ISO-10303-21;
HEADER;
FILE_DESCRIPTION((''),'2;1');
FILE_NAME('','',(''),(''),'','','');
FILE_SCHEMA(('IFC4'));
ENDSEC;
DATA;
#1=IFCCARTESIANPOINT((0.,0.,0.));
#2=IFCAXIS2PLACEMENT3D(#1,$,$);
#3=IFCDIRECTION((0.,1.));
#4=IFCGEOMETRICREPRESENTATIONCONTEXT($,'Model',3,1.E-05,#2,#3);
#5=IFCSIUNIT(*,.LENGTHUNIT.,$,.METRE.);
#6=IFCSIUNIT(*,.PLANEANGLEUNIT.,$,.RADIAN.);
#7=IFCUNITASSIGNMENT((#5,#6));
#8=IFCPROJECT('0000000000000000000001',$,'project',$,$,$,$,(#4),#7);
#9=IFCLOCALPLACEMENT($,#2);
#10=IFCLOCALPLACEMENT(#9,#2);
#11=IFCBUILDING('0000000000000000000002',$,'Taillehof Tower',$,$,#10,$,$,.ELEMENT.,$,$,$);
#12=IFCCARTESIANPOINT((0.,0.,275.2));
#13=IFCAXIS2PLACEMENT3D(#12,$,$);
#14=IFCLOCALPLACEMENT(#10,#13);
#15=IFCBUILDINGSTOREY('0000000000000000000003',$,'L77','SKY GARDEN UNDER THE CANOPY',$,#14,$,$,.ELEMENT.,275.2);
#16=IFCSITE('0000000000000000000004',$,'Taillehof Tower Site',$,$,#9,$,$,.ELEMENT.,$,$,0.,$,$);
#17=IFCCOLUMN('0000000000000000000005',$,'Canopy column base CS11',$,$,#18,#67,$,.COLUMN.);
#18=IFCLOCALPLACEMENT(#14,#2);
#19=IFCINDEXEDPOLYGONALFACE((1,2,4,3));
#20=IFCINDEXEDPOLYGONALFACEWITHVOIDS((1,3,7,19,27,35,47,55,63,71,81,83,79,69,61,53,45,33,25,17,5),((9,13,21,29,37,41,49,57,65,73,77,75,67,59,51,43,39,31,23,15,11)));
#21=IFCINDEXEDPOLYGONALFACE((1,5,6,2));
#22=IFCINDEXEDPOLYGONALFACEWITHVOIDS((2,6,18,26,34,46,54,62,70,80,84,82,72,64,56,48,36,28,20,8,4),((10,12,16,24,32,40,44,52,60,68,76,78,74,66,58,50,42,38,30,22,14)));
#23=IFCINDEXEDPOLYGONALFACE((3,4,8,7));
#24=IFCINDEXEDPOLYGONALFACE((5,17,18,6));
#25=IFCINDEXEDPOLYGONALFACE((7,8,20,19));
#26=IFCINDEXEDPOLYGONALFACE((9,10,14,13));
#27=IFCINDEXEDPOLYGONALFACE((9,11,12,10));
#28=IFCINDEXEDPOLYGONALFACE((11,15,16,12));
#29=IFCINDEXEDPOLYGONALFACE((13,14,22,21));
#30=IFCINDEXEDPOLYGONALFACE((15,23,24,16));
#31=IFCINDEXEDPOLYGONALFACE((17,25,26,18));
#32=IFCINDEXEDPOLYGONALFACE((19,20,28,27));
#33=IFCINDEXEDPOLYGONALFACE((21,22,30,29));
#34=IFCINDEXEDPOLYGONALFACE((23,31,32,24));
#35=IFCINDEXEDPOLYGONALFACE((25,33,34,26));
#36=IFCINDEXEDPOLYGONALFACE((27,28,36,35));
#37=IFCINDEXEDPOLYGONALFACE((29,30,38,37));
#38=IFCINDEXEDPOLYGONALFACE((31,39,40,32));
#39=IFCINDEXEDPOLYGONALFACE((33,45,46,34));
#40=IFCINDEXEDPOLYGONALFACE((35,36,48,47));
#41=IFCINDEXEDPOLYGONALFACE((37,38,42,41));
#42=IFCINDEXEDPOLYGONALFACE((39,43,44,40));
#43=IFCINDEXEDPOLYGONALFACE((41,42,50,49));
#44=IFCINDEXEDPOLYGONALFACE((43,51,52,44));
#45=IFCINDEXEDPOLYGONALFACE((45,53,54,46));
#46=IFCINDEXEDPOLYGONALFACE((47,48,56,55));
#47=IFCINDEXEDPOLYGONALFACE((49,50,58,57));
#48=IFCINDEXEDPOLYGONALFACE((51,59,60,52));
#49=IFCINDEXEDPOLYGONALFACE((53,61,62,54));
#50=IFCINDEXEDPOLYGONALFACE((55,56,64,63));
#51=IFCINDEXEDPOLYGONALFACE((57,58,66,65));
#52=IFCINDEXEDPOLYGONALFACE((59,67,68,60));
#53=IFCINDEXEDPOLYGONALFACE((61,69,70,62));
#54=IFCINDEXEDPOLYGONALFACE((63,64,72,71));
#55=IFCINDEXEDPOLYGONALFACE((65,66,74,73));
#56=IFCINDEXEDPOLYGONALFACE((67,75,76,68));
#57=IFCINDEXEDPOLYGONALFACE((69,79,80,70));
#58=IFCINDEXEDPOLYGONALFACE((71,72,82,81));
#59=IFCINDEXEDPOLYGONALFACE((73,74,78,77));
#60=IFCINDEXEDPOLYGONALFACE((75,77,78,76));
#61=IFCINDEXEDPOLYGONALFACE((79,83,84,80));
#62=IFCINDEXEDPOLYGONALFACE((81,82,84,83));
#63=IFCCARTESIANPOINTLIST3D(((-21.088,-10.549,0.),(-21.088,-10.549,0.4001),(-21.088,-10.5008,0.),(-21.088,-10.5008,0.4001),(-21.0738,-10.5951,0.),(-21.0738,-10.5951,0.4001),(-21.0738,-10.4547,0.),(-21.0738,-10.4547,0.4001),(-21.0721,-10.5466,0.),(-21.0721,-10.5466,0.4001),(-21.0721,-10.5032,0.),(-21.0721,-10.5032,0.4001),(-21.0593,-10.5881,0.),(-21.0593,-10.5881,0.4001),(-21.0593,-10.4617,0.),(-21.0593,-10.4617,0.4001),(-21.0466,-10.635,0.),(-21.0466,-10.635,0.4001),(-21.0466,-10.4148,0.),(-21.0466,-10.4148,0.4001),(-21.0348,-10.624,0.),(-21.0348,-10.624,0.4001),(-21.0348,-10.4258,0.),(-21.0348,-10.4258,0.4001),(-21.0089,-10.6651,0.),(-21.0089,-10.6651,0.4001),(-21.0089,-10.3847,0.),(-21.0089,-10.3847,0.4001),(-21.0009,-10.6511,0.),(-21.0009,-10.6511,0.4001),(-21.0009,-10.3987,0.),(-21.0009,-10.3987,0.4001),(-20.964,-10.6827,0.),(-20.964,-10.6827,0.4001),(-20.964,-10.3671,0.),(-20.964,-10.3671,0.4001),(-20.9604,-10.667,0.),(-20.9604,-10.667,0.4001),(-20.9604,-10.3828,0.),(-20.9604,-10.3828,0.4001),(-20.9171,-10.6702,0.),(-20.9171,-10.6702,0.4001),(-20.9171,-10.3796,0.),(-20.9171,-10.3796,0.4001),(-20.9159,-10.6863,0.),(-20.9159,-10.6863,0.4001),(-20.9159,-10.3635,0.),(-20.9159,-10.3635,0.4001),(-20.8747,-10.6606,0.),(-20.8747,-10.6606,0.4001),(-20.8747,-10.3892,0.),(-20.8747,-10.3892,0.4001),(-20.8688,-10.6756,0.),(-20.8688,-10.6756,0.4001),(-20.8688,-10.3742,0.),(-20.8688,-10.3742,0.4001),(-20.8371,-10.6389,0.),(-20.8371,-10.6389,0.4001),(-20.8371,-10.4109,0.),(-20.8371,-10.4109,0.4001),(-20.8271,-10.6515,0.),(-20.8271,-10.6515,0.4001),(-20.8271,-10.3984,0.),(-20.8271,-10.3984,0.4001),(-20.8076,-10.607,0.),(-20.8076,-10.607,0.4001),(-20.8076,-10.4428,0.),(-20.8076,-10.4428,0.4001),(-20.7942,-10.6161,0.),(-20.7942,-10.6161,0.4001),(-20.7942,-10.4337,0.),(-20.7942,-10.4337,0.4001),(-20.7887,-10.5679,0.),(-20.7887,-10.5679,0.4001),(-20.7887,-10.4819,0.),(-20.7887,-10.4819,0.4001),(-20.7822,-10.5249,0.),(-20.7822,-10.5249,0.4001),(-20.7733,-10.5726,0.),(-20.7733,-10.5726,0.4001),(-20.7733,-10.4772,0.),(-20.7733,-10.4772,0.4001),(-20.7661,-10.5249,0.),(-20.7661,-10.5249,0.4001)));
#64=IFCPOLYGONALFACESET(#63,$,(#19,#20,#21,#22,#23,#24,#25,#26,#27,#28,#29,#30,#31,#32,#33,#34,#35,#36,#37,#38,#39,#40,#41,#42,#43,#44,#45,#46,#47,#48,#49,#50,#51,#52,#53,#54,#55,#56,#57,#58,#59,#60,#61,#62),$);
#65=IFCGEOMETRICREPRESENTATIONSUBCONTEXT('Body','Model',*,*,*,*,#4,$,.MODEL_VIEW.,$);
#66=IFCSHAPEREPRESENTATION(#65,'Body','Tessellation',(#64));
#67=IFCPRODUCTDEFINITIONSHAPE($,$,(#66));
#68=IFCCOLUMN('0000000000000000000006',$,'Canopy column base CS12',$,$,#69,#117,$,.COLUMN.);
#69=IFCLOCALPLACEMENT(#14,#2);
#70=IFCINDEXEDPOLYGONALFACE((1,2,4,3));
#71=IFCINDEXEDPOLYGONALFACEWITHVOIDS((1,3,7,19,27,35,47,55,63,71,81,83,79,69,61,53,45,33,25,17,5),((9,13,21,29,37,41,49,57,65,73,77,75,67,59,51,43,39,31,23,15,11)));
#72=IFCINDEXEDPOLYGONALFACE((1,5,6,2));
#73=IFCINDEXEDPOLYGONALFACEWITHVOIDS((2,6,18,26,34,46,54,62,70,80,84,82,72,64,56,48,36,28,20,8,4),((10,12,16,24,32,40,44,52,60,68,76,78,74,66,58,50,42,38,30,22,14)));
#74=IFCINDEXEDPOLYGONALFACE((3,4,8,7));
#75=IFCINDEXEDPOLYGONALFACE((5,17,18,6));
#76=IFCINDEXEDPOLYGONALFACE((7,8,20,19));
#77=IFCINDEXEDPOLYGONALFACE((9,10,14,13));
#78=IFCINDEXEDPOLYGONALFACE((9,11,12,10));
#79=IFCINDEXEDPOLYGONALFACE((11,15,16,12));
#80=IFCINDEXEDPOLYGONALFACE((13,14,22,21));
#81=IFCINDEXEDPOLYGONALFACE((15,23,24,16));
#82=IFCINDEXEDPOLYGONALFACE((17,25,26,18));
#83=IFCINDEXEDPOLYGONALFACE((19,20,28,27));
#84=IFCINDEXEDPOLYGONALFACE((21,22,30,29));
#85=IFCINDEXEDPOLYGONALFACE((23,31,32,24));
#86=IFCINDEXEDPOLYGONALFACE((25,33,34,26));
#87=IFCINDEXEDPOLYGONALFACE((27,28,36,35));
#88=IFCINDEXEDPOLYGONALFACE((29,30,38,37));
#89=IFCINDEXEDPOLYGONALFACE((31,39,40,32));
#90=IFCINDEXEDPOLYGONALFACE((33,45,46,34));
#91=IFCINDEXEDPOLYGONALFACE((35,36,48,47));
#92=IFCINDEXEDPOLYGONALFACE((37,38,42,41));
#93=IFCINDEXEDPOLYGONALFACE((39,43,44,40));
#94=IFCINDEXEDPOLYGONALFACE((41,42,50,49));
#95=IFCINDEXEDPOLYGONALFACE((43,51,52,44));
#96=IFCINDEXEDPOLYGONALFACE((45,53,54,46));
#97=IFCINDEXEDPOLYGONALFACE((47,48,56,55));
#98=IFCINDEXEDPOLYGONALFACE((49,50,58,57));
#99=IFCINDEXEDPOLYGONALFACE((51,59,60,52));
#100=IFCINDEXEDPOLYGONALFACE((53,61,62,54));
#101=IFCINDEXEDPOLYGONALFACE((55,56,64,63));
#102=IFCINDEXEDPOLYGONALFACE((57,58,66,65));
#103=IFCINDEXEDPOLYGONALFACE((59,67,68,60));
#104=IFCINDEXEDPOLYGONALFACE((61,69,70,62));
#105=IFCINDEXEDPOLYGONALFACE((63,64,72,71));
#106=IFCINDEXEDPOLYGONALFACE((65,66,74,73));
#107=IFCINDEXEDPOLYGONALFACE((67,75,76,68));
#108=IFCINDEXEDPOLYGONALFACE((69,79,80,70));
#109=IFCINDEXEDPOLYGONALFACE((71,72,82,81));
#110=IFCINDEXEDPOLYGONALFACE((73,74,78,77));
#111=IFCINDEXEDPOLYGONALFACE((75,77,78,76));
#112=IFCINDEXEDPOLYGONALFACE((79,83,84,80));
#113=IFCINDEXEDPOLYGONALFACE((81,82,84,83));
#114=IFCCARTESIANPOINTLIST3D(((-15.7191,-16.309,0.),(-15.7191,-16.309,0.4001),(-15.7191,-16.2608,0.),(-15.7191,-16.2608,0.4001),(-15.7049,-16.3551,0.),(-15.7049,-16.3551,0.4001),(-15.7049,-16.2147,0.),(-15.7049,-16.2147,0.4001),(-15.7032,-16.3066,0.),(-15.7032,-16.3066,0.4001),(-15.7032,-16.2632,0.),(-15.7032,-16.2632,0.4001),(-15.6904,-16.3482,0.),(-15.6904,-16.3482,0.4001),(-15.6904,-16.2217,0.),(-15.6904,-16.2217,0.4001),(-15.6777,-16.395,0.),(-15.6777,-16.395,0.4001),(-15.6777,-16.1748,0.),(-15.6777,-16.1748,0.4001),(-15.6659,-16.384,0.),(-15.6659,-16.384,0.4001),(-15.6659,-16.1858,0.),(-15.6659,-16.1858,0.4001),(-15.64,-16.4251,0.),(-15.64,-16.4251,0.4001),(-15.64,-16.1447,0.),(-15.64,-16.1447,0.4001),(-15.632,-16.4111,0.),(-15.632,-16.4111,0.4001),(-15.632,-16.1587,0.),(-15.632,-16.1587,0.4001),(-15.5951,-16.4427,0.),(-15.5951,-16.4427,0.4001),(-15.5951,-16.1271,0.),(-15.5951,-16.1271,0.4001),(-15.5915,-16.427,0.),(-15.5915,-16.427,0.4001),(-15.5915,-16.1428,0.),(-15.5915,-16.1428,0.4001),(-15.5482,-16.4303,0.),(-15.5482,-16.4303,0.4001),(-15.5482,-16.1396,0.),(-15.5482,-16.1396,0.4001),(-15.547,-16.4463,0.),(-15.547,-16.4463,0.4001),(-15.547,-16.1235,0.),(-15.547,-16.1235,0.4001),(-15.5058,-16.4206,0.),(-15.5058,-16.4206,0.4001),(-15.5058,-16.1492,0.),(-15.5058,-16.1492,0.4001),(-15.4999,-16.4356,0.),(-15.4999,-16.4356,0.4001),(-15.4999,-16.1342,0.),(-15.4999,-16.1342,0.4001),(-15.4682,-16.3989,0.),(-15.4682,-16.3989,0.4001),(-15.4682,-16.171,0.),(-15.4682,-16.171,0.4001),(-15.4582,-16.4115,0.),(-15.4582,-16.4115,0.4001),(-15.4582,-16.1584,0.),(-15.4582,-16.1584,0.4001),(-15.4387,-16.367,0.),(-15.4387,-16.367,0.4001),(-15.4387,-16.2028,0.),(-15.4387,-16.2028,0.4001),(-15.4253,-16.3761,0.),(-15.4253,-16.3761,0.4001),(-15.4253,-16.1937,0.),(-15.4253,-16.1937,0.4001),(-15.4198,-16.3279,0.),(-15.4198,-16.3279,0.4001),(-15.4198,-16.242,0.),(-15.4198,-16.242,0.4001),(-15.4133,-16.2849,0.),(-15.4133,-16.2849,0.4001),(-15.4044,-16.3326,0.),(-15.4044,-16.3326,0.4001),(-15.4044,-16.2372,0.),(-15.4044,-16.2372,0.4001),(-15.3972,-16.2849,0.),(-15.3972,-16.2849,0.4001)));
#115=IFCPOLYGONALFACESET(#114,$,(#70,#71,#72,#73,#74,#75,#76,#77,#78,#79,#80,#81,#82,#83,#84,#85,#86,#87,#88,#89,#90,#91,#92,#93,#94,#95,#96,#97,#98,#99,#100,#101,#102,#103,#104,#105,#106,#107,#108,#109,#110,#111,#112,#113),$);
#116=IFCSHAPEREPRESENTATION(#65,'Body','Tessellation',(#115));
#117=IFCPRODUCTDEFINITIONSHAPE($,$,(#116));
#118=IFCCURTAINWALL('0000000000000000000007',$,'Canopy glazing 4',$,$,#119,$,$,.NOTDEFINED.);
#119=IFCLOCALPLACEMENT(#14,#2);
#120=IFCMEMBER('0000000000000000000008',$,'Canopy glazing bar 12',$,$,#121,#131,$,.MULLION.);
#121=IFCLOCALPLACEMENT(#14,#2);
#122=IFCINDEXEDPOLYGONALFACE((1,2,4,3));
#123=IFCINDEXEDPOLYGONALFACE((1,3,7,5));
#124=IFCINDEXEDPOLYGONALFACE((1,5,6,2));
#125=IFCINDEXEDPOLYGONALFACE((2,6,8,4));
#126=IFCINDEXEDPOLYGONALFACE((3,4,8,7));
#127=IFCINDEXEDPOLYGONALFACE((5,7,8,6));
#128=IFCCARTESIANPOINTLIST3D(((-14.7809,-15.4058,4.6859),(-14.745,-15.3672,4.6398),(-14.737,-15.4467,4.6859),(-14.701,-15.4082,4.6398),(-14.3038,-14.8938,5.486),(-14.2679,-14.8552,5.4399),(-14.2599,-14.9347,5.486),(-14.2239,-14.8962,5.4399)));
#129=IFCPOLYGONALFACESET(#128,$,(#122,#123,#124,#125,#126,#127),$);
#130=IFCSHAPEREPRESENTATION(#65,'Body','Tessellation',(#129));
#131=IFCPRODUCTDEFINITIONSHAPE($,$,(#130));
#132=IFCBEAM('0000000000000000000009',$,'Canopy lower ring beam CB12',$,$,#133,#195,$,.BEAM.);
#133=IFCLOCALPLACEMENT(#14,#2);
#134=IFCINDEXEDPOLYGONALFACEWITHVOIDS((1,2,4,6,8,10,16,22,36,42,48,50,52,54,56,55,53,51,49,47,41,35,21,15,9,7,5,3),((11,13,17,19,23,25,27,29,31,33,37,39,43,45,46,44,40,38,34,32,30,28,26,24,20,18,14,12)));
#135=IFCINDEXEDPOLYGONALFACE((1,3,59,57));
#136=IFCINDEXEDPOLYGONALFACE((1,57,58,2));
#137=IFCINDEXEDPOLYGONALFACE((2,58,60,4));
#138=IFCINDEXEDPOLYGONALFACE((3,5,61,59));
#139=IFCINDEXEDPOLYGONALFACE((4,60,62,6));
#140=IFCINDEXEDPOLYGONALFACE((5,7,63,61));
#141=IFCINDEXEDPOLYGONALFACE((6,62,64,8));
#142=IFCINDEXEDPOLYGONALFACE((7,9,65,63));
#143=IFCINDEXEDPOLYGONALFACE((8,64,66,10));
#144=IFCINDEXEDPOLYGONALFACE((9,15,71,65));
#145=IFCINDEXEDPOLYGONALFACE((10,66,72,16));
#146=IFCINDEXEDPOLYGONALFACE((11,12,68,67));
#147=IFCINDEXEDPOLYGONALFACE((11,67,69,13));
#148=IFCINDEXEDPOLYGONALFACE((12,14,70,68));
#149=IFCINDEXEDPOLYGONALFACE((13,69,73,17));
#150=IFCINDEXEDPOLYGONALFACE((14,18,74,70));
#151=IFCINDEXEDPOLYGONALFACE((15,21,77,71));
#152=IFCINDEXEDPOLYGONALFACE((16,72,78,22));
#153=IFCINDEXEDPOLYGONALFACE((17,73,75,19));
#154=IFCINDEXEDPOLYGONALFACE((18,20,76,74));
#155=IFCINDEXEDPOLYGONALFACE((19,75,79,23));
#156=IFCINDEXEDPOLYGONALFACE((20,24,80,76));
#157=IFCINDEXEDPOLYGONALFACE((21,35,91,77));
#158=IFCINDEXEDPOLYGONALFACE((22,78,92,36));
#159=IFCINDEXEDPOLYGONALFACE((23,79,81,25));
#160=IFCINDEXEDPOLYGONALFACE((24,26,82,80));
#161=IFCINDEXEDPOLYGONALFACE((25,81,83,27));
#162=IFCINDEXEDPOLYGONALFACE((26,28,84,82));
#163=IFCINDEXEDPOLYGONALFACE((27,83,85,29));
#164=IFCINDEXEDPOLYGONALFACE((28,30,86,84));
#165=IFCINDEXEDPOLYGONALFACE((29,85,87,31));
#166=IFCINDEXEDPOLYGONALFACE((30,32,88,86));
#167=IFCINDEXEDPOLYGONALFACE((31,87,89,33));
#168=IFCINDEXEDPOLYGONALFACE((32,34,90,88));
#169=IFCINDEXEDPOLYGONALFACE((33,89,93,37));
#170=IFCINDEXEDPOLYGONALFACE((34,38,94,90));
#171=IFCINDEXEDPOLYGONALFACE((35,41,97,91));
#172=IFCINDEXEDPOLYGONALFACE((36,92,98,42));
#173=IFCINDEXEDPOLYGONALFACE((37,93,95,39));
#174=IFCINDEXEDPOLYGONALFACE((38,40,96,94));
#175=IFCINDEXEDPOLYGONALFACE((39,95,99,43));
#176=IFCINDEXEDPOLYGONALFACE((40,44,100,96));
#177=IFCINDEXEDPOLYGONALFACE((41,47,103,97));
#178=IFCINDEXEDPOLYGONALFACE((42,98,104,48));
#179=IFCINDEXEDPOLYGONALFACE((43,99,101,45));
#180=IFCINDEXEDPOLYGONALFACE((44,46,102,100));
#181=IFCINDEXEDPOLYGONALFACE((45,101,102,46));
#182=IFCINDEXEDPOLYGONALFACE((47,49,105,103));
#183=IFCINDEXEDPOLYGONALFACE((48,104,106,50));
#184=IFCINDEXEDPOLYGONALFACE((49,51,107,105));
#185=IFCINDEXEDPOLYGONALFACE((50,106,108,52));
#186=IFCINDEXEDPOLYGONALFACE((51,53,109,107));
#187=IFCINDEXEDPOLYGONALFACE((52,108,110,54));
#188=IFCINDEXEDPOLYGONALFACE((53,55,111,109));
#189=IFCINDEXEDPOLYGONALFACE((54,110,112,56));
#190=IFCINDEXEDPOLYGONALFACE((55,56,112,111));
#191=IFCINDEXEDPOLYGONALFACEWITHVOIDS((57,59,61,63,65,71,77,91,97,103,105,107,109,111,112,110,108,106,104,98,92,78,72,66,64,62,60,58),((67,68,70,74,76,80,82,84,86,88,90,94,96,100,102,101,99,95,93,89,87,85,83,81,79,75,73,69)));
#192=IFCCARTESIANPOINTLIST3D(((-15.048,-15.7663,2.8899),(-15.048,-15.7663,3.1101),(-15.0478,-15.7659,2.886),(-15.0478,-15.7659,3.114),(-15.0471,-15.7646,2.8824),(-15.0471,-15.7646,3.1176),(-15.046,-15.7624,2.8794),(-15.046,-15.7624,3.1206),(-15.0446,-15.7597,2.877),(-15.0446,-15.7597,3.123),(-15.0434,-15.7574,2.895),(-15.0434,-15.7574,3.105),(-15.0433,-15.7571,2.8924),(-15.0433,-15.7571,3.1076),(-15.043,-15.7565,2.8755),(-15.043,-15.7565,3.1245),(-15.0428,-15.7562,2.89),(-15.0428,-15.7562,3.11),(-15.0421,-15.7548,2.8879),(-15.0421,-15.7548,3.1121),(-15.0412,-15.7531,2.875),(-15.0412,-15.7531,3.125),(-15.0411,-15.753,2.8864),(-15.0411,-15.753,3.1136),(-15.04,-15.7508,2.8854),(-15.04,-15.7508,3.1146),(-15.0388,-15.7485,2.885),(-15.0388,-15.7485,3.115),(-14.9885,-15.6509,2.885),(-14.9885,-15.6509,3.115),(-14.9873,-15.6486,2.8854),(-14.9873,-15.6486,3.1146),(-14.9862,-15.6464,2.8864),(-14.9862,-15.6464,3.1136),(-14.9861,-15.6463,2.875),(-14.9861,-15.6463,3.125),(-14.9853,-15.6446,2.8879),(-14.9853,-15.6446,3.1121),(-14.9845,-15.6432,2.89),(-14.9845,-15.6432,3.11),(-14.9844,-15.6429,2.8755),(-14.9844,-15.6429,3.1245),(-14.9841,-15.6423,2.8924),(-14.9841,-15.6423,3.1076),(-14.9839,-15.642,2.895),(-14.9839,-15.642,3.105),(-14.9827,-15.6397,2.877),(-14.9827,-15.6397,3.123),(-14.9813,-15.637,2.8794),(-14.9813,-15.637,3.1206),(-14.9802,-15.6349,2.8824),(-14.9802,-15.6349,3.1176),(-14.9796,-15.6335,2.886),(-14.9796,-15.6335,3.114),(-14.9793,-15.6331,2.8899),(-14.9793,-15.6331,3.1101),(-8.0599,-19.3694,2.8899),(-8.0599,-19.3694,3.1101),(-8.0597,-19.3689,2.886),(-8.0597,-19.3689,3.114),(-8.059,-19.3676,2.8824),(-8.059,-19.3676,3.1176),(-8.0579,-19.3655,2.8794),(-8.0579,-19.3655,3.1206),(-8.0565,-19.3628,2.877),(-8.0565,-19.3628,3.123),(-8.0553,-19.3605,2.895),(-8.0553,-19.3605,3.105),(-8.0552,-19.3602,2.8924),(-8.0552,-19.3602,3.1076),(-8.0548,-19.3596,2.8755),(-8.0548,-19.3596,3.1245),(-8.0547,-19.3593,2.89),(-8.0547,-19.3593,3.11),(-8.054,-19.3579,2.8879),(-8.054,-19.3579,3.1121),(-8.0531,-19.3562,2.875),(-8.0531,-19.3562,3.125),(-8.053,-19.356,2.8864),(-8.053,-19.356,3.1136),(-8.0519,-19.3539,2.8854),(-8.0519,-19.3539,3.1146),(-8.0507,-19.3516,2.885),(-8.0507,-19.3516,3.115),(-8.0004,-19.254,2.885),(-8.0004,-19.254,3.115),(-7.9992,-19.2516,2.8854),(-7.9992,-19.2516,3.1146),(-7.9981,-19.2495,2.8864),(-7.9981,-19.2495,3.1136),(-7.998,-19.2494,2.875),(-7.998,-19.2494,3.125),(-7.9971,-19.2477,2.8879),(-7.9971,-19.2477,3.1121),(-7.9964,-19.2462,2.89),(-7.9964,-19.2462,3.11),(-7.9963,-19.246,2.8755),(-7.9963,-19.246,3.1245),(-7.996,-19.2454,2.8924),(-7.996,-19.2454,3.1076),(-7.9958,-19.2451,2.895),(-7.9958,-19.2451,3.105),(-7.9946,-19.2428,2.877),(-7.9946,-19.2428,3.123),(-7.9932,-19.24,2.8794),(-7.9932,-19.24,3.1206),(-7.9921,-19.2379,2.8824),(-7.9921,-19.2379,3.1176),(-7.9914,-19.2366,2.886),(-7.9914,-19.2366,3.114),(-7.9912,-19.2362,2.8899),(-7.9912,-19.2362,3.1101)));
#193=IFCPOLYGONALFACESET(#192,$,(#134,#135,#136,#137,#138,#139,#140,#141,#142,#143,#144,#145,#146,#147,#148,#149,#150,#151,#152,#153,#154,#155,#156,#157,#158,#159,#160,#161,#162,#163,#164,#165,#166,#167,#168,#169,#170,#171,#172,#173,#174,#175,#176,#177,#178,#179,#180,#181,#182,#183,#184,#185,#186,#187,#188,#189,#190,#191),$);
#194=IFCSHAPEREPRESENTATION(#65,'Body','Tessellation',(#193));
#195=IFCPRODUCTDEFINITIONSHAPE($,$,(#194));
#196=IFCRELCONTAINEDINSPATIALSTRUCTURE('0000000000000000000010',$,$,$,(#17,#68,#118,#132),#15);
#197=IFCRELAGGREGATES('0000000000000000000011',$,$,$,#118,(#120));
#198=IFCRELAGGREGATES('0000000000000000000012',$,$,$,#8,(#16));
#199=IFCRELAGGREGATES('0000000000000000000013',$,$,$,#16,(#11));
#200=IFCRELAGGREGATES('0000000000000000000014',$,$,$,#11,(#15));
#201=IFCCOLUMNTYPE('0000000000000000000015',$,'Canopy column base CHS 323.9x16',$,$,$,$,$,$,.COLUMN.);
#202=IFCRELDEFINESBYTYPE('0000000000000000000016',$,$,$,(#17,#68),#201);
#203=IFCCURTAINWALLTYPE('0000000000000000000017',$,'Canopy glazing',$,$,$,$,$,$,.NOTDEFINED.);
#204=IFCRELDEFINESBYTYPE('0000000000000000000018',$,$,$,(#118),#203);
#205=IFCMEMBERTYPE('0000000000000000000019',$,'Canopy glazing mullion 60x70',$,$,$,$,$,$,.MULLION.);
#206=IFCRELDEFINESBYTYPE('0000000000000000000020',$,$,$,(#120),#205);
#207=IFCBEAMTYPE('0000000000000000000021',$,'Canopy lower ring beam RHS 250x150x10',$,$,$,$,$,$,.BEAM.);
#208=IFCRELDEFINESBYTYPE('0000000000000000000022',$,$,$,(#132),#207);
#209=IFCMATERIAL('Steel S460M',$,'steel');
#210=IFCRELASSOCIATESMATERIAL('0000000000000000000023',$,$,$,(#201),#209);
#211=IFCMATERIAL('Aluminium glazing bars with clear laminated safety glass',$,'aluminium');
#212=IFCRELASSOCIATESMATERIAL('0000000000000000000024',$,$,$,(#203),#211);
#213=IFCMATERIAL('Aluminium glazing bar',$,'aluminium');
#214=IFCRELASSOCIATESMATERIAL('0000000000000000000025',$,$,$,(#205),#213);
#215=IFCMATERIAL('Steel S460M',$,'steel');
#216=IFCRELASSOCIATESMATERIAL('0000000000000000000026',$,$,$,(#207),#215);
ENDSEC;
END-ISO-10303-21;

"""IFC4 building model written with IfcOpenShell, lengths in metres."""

from ifc_helpers import new_model, si_unit, direction, frame, origin, origin_2d, place, context, subcontext, project, spatial, rectangle, hollow_rectangle, hollow_circle, extrude, material, material_profile, profile_set, type_object, element, aggregate, save


model = new_model("IFC4")

# Units and contexts
model_context = context("Model", 3, precision=1e-05, world=origin(), true_north=direction((0.0, 1.0)))
body_context = subcontext(model_context, "Body", "Model", "MODEL_VIEW")
ifc_project = project(units=[si_unit("LENGTHUNIT", "METRE"), si_unit("PLANEANGLEUNIT", "RADIAN")], contexts=[model_context])

# Site, building, storey
site_placement = place(None, origin())
site = spatial("IfcSite", under=ifc_project, at=site_placement, Name="Taillehof Tower Site", CompositionType="ELEMENT", RefElevation=0.0)
building_placement = place(site_placement, origin())
building = spatial("IfcBuilding", under=site, at=building_placement, Name="Taillehof Tower", CompositionType="ELEMENT")
storey_placement = place(building_placement, frame((0.0, 0.0, 275.2)))
storey = spatial("IfcBuildingStorey", under=building, at=storey_placement, Name="L77", Description="SKY GARDEN UNDER THE CANOPY", CompositionType="ELEMENT", Elevation=275.2)

# Columns
ifc_material_1 = material(Name="Steel S460M", Category="steel")
ifc_material_profile_1 = material_profile(ifc_material_1, hollow_circle(Radius=0.1619, WallThickness=0.0161, at=origin_2d()), Name="CHS 323.9x16")
ifc_profile_set_1 = profile_set([ifc_material_profile_1], Name="Steel S460M")
column_type = type_object("IfcColumnType", Name="Canopy column base CHS 323.9x16", PredefinedType="COLUMN", material=ifc_profile_set_1)
for number, where, z_axis, x_axis, name in (
    (1, (-20.928, -10.5249, 0.0), (0.0, 0.0, 1.0), (1.0, 0.0, 0.0), "Canopy column base CS11"),
    (2, (-15.5591, -16.2849, 0.0), (0.0, 0.0, 1.0), (1.0, 0.0, 0.0), "Canopy column base CS12"),
):
    element("IfcColumn", number, at=place(storey_placement, frame(where, z_axis=z_axis, x_axis=x_axis)), inside=storey, type_object=column_type, Name=name, PredefinedType="COLUMN", context=body_context, shape_type="SweptSolid", body=[
        extrude(hollow_circle(Radius=0.1619, WallThickness=0.0161, at=origin_2d()), origin(), (0.0, 0.0, 1.0), 0.4001),
    ])

# Curtain wall, member
ifc_material_2 = material(Name="Aluminium glazing bars with clear laminated safety glass", Category="aluminium")
curtain_wall_type = type_object("IfcCurtainWallType", Name="Canopy glazing", PredefinedType="NOTDEFINED", material=ifc_material_2)
curtain_wall_placement = place(storey_placement, origin())
curtain_wall = element("IfcCurtainWall", 3, at=curtain_wall_placement, inside=storey, type_object=curtain_wall_type, Name="Canopy glazing 4", PredefinedType="NOTDEFINED")
ifc_material_3 = material(Name="Aluminium glazing bar", Category="aluminium")
ifc_material_profile_2 = material_profile(ifc_material_3, rectangle(XDim=0.0601, YDim=0.0701, at=origin_2d()), Name="AL 60x70")
ifc_profile_set_2 = profile_set([ifc_material_profile_2], Name="Aluminium glazing bar")
member_type_1 = type_object("IfcMemberType", Name="Canopy glazing mullion 60x70", PredefinedType="MULLION", material=ifc_profile_set_2)
member_1_placement = place(storey_placement, frame((-14.741, -15.407, 4.6628), z_axis=(0.448819, 0.481665, 0.752702), x_axis=(-0.731612, 0.681721, 0.0)))
member_1 = element("IfcMember", 4, at=member_1_placement, type_object=member_type_1, Name="Canopy glazing bar 12", PredefinedType="MULLION", context=body_context, shape_type="SweptSolid", body=[
    extrude(rectangle(XDim=0.0601, YDim=0.0701, at=origin_2d()), origin(), (0.0, 0.0, 1.0), 1.063),
])
aggregate(curtain_wall, [member_1])

# Beam
ifc_material_4 = material(Name="Steel S460M", Category="steel")
ifc_material_profile_3 = material_profile(ifc_material_4, hollow_rectangle(XDim=0.1499, YDim=0.25, WallThickness=0.01, InnerFilletRadius=0.01, OuterFilletRadius=0.0149, at=origin_2d()), Name="RHS 250x150x10")
ifc_profile_set_3 = profile_set([ifc_material_profile_3], Name="Steel S460M")
beam_type_1 = type_object("IfcBeamType", Name="Canopy lower ring beam RHS 250x150x10", PredefinedType="BEAM", material=ifc_profile_set_3)
beam_1_placement = place(storey_placement, frame((-15.0137, -15.6997, 3.0), z_axis=(0.888812, -0.458271, 0.0), x_axis=(0.458271, 0.888812, 0.0)))
element("IfcBeam", 5, at=beam_1_placement, inside=storey, type_object=beam_type_1, Name="Canopy lower ring beam CB12", PredefinedType="BEAM", context=body_context, shape_type="SweptSolid", body=[
    extrude(hollow_rectangle(XDim=0.1499, YDim=0.25, WallThickness=0.01, InnerFilletRadius=0.01, OuterFilletRadius=0.0149, at=origin_2d()), origin(), (0.0, 0.0, 1.0), 7.8623),
])

save(model, "model.ifc")
